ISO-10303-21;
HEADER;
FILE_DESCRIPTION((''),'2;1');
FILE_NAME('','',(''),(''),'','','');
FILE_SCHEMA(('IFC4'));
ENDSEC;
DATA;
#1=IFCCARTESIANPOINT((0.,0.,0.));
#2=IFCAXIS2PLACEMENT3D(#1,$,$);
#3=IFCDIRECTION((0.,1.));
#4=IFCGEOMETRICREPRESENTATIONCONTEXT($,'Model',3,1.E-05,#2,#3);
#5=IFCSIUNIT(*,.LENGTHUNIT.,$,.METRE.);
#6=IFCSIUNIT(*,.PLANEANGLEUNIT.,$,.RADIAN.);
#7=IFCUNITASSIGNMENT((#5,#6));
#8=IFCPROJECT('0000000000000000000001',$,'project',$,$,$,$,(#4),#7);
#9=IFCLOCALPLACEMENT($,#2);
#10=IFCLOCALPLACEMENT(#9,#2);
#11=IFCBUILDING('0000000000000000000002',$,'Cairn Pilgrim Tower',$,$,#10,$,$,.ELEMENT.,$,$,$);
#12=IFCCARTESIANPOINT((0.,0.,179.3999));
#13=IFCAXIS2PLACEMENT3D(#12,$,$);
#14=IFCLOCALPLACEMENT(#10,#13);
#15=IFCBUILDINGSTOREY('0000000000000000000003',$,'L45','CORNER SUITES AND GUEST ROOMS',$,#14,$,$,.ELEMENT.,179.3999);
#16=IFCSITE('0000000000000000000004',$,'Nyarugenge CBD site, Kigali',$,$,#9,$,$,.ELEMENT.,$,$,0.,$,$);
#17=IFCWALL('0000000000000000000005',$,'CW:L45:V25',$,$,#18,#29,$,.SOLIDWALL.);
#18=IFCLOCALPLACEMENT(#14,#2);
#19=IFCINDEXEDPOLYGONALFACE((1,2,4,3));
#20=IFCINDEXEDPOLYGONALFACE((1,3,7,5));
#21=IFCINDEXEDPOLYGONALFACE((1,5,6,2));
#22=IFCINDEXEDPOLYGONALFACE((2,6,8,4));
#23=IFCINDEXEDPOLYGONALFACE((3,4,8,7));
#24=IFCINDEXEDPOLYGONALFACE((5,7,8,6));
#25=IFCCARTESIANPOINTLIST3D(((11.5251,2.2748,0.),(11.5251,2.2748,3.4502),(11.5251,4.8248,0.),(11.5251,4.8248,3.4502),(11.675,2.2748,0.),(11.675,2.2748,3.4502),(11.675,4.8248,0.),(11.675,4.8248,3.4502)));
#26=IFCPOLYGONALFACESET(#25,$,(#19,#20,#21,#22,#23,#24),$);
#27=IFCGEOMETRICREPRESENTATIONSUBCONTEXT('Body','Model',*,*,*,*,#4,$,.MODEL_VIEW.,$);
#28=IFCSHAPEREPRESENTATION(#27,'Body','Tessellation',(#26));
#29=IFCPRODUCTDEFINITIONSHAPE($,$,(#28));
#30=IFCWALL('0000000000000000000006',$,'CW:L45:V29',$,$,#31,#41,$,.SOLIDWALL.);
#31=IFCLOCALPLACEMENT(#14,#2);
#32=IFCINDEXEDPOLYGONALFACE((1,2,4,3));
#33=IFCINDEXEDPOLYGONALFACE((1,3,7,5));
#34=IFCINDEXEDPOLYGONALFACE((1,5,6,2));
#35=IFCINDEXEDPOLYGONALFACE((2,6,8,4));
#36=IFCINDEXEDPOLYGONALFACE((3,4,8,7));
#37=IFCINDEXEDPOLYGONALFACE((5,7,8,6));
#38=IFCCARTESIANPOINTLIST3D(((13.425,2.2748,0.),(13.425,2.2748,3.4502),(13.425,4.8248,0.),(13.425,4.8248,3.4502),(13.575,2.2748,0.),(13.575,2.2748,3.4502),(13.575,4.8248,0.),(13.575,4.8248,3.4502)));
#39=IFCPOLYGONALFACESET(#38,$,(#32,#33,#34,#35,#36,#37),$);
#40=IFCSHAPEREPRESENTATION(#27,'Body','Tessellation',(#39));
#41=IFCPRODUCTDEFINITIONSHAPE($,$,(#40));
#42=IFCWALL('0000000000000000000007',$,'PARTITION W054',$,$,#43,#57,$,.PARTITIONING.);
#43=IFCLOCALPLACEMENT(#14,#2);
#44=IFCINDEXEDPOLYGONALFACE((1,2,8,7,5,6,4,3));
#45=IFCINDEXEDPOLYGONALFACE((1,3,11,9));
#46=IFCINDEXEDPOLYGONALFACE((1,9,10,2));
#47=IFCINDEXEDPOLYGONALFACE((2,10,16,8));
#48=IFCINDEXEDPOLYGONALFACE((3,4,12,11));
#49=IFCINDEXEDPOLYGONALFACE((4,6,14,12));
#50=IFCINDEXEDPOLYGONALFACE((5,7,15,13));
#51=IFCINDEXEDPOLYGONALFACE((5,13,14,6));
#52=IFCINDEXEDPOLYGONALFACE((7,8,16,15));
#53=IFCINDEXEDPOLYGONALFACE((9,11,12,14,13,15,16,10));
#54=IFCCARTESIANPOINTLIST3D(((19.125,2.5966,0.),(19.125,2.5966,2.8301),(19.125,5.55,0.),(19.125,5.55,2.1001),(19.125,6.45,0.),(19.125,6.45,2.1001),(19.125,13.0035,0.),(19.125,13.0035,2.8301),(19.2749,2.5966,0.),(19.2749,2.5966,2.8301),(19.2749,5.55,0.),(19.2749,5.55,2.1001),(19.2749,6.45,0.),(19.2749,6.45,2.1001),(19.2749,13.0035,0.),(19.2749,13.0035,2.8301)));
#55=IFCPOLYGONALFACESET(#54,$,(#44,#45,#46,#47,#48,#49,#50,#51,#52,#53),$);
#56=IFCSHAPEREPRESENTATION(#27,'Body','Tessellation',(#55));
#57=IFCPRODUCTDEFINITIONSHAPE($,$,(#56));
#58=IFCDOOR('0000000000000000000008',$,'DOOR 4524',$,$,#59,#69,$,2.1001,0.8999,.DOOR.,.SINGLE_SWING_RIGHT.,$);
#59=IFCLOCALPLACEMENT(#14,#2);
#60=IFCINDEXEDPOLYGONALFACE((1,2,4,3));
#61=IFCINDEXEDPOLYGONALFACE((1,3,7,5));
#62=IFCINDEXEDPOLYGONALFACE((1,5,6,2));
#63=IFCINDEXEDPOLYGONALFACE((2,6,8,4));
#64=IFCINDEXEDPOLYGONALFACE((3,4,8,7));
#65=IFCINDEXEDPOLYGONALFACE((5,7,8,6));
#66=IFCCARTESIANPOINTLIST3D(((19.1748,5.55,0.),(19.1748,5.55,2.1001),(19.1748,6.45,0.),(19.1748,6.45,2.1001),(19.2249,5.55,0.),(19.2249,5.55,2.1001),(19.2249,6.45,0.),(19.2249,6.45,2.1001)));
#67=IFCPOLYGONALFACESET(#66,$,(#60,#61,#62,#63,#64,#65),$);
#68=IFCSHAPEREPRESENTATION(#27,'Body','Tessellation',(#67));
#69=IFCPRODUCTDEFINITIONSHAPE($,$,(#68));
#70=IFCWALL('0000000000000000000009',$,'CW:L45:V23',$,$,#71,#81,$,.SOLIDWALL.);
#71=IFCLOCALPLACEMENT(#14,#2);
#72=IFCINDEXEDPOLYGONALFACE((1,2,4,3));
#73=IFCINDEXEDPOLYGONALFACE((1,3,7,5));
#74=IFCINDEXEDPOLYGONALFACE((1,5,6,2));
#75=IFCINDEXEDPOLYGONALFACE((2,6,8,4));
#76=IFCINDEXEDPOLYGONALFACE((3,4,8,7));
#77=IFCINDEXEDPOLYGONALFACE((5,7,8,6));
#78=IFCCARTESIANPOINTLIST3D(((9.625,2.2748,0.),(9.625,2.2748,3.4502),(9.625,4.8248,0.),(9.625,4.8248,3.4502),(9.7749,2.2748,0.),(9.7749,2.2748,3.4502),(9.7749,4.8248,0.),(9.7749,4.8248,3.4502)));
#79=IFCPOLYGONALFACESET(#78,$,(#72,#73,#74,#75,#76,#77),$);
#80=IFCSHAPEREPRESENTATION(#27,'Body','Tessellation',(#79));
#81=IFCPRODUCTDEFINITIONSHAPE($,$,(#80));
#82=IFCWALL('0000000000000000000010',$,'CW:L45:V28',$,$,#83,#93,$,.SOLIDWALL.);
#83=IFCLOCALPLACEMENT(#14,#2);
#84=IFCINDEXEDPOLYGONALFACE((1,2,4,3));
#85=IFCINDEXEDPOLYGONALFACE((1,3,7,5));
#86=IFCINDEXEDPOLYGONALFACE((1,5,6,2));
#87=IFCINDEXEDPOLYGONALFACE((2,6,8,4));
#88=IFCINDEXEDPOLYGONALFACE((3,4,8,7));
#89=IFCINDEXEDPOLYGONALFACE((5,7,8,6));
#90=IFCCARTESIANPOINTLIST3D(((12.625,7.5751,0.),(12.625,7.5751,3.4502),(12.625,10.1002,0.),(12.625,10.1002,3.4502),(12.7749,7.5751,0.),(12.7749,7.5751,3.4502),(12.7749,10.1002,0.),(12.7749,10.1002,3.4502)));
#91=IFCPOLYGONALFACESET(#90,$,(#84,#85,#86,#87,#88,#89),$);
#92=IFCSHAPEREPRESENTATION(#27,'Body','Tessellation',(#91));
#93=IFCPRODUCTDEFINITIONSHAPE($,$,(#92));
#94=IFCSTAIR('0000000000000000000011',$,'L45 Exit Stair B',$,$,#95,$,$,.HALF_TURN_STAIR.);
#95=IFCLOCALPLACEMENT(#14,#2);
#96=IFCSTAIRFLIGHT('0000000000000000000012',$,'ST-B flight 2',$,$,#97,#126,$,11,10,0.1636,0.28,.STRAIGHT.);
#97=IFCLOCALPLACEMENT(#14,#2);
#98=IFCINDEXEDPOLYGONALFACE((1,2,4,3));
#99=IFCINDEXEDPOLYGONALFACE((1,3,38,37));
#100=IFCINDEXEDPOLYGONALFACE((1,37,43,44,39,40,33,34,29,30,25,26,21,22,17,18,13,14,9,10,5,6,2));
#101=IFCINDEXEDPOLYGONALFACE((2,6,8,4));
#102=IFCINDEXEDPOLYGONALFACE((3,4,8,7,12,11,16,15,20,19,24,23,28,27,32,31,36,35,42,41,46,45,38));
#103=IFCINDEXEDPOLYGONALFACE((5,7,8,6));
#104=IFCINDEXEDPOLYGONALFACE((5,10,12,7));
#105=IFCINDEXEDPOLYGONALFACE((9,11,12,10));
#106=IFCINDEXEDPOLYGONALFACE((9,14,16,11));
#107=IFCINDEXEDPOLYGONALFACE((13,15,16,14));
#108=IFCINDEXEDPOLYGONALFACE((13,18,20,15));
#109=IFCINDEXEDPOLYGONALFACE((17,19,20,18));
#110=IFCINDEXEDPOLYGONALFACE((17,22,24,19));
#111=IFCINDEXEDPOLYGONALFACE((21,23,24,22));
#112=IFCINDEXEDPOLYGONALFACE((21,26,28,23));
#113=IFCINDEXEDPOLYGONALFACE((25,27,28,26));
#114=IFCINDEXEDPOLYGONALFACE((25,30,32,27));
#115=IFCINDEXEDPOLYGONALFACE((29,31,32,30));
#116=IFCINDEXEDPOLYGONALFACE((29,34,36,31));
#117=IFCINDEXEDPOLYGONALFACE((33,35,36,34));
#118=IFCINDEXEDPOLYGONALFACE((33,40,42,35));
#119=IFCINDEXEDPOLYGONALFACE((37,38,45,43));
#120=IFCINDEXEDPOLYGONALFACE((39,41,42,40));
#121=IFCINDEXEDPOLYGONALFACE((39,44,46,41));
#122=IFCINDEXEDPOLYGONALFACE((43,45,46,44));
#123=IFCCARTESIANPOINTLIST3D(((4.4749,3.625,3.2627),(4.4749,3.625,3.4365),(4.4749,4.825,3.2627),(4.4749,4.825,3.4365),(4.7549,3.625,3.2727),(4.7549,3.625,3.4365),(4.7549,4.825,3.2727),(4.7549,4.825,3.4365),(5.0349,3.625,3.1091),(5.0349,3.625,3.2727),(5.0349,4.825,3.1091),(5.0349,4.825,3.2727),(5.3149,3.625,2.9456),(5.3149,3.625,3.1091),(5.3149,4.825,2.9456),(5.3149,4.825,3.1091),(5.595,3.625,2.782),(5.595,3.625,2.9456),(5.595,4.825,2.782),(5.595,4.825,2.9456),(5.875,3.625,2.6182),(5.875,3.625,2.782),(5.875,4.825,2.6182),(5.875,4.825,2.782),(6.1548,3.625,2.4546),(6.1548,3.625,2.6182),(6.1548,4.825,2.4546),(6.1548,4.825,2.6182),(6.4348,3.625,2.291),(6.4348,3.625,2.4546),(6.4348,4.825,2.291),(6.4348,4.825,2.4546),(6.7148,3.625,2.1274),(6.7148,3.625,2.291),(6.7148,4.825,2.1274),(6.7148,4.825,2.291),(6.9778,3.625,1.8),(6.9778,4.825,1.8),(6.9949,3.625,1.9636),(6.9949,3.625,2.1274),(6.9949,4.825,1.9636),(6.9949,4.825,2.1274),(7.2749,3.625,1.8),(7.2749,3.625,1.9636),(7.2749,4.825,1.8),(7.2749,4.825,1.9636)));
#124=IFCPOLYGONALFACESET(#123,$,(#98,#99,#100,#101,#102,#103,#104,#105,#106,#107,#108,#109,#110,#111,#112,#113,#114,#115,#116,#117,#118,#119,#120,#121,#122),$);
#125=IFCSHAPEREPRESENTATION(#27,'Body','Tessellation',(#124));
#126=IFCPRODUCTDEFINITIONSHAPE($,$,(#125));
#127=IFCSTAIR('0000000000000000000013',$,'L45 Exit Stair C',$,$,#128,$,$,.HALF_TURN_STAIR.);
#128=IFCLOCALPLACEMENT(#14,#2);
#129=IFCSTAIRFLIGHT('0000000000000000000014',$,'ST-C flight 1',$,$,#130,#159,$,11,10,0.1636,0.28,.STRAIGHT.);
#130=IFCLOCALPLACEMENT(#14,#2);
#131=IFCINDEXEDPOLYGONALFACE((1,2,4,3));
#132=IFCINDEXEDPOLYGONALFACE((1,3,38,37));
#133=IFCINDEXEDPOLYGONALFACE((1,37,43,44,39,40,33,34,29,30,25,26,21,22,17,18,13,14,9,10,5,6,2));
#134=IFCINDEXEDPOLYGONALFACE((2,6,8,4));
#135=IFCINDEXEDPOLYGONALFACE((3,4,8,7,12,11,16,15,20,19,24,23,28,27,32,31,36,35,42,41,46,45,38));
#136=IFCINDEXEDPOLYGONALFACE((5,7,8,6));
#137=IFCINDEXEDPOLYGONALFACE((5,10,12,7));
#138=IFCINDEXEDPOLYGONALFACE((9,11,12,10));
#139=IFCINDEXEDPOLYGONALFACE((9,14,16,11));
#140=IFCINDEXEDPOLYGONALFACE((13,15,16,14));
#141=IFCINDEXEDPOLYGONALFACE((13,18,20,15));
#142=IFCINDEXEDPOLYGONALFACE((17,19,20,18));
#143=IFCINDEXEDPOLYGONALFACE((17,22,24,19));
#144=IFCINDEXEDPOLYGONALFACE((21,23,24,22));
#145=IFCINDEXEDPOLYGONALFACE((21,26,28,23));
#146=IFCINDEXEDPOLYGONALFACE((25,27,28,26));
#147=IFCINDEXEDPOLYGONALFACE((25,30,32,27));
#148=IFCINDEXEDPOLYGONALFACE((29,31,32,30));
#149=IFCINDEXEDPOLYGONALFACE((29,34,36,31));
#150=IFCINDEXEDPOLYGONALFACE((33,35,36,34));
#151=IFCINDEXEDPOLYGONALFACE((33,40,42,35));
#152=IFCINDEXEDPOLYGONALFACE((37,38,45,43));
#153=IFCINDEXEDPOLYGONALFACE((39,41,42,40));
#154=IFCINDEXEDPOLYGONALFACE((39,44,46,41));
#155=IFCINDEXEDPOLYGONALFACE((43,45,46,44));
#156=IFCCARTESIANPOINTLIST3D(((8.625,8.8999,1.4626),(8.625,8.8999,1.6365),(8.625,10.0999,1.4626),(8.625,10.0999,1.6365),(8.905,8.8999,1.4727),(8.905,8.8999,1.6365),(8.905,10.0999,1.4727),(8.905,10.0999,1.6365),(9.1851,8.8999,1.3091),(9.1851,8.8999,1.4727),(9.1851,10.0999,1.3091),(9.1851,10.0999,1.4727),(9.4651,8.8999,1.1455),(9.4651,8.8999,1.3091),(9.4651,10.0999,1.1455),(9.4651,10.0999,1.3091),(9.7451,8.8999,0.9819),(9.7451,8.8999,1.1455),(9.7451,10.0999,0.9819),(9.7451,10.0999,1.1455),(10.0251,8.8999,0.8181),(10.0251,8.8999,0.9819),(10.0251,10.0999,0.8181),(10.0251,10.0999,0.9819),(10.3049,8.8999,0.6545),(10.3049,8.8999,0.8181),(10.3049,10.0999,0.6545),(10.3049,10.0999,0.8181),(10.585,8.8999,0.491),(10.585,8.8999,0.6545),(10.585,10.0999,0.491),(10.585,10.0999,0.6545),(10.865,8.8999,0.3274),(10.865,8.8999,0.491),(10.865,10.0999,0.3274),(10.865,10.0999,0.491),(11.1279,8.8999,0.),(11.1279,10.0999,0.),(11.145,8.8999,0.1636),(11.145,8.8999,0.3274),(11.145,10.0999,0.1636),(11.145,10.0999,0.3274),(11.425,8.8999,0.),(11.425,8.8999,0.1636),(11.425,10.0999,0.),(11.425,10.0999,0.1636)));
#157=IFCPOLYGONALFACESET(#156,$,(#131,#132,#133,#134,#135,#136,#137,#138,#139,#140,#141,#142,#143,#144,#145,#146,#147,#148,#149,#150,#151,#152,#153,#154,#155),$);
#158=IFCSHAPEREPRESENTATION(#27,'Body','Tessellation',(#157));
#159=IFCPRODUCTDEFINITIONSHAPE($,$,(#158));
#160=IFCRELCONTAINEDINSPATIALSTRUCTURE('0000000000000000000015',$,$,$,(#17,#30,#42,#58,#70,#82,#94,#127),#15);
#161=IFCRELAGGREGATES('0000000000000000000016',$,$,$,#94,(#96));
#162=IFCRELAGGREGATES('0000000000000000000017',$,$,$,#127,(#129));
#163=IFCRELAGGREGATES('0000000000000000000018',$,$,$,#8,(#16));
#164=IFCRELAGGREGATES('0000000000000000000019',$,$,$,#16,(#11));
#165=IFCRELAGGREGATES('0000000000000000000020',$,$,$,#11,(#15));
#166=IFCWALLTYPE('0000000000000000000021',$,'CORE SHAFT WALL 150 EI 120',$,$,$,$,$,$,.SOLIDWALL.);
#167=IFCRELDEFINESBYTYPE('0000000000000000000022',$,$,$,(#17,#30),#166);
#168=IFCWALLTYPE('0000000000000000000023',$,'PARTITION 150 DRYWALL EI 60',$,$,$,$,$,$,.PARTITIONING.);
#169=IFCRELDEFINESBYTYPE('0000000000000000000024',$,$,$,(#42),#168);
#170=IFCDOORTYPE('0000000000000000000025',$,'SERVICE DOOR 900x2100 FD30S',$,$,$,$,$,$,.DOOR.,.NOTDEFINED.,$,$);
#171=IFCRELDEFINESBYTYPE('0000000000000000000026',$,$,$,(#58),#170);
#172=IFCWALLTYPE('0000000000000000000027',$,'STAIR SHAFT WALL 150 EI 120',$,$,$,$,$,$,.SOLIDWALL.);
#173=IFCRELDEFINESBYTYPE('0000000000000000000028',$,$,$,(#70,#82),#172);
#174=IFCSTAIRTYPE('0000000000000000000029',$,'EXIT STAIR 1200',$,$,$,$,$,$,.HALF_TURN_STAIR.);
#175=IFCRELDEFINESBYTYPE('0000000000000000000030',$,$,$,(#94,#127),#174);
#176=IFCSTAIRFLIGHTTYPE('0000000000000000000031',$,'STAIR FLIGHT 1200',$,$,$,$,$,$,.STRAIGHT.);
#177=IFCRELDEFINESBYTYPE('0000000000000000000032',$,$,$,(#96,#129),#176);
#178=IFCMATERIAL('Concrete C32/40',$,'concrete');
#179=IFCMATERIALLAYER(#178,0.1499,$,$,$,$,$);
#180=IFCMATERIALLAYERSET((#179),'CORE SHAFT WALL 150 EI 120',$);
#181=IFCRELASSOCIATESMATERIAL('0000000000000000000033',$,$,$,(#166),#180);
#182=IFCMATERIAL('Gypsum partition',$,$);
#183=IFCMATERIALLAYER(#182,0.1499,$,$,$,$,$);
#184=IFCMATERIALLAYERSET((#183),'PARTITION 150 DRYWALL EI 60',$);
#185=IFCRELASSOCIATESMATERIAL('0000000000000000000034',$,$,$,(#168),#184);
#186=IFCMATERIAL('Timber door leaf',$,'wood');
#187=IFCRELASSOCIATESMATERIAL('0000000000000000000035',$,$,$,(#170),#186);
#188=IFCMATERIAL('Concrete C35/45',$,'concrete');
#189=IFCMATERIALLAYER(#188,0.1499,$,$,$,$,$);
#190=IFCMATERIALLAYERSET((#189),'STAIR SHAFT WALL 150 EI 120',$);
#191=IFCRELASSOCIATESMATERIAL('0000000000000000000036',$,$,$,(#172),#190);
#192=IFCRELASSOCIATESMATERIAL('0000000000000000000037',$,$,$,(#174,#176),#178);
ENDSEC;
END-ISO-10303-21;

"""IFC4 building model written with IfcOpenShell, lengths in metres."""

from ifc_helpers import new_model, si_unit, direction, frame, frame_2d, origin, place, context, subcontext, project, spatial, polyline, rectangle, outline, extrude, material, layer, layer_set, type_object, element, fill, aggregate, save


model = new_model("IFC4")

# Units and contexts
model_context = context("Model", 3, precision=1e-05, world=origin(), true_north=direction((0.0, 1.0)))
body_context = subcontext(model_context, "Body", "Model", "MODEL_VIEW")
ifc_project = project(units=[si_unit("LENGTHUNIT", "METRE"), si_unit("PLANEANGLEUNIT", "RADIAN")], contexts=[model_context])

# Site, building, storey
site_placement = place(None, origin())
site = spatial("IfcSite", under=ifc_project, at=site_placement, Name="Nyarugenge CBD site, Kigali", CompositionType="ELEMENT", RefElevation=0.0)
building_placement = place(site_placement, origin())
building = spatial("IfcBuilding", under=site, at=building_placement, Name="Cairn Pilgrim Tower", CompositionType="ELEMENT")
storey_placement = place(building_placement, frame((0.0, 0.0, 179.3999)))
storey = spatial("IfcBuildingStorey", under=building, at=storey_placement, Name="L45", Description="CORNER SUITES AND GUEST ROOMS", CompositionType="ELEMENT", Elevation=179.3999)

# Shared definitions
ifc_material_1 = material(Name="Concrete C32/40", Category="concrete")

# Shared definitions
ifc_layer_1 = layer(ifc_material_1, 0.1499)
ifc_layer_set_1 = layer_set([ifc_layer_1], Name="CORE SHAFT WALL 150 EI 120")
wall_type_1 = type_object("IfcWallType", Name="CORE SHAFT WALL 150 EI 120", PredefinedType="SOLIDWALL", material=ifc_layer_set_1)

# Walls
for number, where, z_axis, x_axis, name in (
    (1, (11.6001, 2.2749, 0.0), (0.0, 0.0, 1.0), (0.0, 1.0, 0.0), "CW:L45:V25"),
    (2, (13.5, 2.2749, 0.0), (0.0, 0.0, 1.0), (0.0, 1.0, 0.0), "CW:L45:V29"),
):
    element("IfcWall", number, at=place(storey_placement, frame(where, z_axis=z_axis, x_axis=x_axis)), inside=storey, type_object=wall_type_1, Name=name, PredefinedType="SOLIDWALL", context=body_context, shape_type="SweptSolid", body=[
        extrude(rectangle(XDim=2.55, YDim=0.1499, at=frame_2d((1.2749, 0.0))), origin(), (0.0, 0.0, 1.0), 3.4502),
    ])

# Wall, opening, door
ifc_material_2 = material(Name="Gypsum partition")
ifc_layer_2 = layer(ifc_material_2, 0.1499)
ifc_layer_set_2 = layer_set([ifc_layer_2], Name="PARTITION 150 DRYWALL EI 60")
wall_type_2 = type_object("IfcWallType", Name="PARTITION 150 DRYWALL EI 60", PredefinedType="PARTITIONING", material=ifc_layer_set_2)
wall_1_placement = place(storey_placement, frame((19.2, 2.5964, 0.0), z_axis=(0.0, 0.0, 1.0), x_axis=(0.0, 1.0, 0.0)))
wall_1 = element("IfcWall", 3, at=wall_1_placement, inside=storey, type_object=wall_type_2, Name="PARTITION W054", PredefinedType="PARTITIONING", context=body_context, shape_type="SweptSolid", body=[
    extrude(rectangle(XDim=10.407, YDim=0.1499, at=frame_2d((5.2036, 0.0))), origin(), (0.0, 0.0, 1.0), 2.8301),
])
opening_1_placement = place(wall_1_placement, frame((2.9536, 0.0, 0.0)))
opening_1 = element("IfcOpeningElement", 4, at=opening_1_placement, cuts=wall_1, PredefinedType="OPENING", context=body_context, shape_type="SweptSolid", body=[
    extrude(rectangle(XDim=0.8999, YDim=2.1001, at=frame_2d((0.45, 1.05))), frame((0.0, 0.085, 0.0), z_axis=(0.0, -1.0, 0.0), x_axis=(1.0, 0.0, 0.0)), (0.0, 0.0, 1.0), 0.1699),
])
ifc_material_3 = material(Name="Timber door leaf", Category="wood")
door_type_1 = type_object("IfcDoorType", Name="SERVICE DOOR 900x2100 FD30S", OperationType="NOTDEFINED", PredefinedType="DOOR", material=ifc_material_3)
door_1_placement = place(opening_1_placement, frame((0.8999, 0.0, 0.0), z_axis=(0.0, 0.0, 1.0), x_axis=(-1.0, 0.0, 0.0)))
door_1 = element("IfcDoor", 5, at=door_1_placement, inside=storey, type_object=door_type_1, Name="DOOR 4524", OperationType="SINGLE_SWING_RIGHT", OverallHeight=2.1001, OverallWidth=0.8999, PredefinedType="DOOR", context=body_context, shape_type="SweptSolid", body=[
    extrude(rectangle(XDim=0.8999, YDim=2.1001, at=frame_2d((0.45, 1.05))), frame((0.0, 0.0249, 0.0), z_axis=(0.0, -1.0, 0.0), x_axis=(1.0, 0.0, 0.0)), (0.0, 0.0, 1.0), 0.05),
])
fill(opening_1, door_1)

# Walls
ifc_material_4 = material(Name="Concrete C35/45", Category="concrete")
ifc_layer_3 = layer(ifc_material_4, 0.1499)
ifc_layer_set_3 = layer_set([ifc_layer_3], Name="STAIR SHAFT WALL 150 EI 120")
wall_type_3 = type_object("IfcWallType", Name="STAIR SHAFT WALL 150 EI 120", PredefinedType="SOLIDWALL", material=ifc_layer_set_3)
wall_2_placement = place(storey_placement, frame((9.7, 2.2749, 0.0), z_axis=(0.0, 0.0, 1.0), x_axis=(0.0, 1.0, 0.0)))
element("IfcWall", 6, at=wall_2_placement, inside=storey, type_object=wall_type_3, Name="CW:L45:V23", PredefinedType="SOLIDWALL", context=body_context, shape_type="SweptSolid", body=[
    extrude(rectangle(XDim=2.55, YDim=0.1499, at=frame_2d((1.2749, 0.0))), origin(), (0.0, 0.0, 1.0), 3.4502),
])
wall_3_placement = place(storey_placement, frame((12.7, 7.575, 0.0), z_axis=(0.0, 0.0, 1.0), x_axis=(0.0, 1.0, 0.0)))
element("IfcWall", 7, at=wall_3_placement, inside=storey, type_object=wall_type_3, Name="CW:L45:V28", PredefinedType="SOLIDWALL", context=body_context, shape_type="SweptSolid", body=[
    extrude(rectangle(XDim=2.5251, YDim=0.1499, at=frame_2d((1.2627, 0.0))), origin(), (0.0, 0.0, 1.0), 3.4502),
])

# Stair, stair flight
stair_type = type_object("IfcStairType", Name="EXIT STAIR 1200", PredefinedType="HALF_TURN_STAIR", material=ifc_material_1)
stair_1_placement = place(storey_placement, origin())
stair_1 = element("IfcStair", 8, at=stair_1_placement, inside=storey, type_object=stair_type, Name="L45 Exit Stair B", PredefinedType="HALF_TURN_STAIR")
stair_flight_type = type_object("IfcStairFlightType", Name="STAIR FLIGHT 1200", PredefinedType="STRAIGHT", material=ifc_material_1)
stair_flight_1_placement = place(storey_placement, frame((7.2749, 4.2251, 1.8), z_axis=(0.0, 0.0, 1.0), x_axis=(-1.0, 0.0, 0.0)))
stair_flight_1 = element("IfcStairFlight", 9, at=stair_flight_1_placement, type_object=stair_flight_type, Name="ST-B flight 2", NumberOfRisers=11, NumberOfTreads=10, PredefinedType="STRAIGHT", RiserHeight=0.1636, TreadLength=0.28, context=body_context, shape_type="SweptSolid", body=[
    extrude(outline(polyline([(0.0, 0.0), (0.0, 0.1636), (0.28, 0.1636), (0.28, 0.3274), (0.5601, 0.3274), (0.5601, 0.491), (0.8401, 0.491), (0.8401, 0.6545), (1.1201, 0.6545), (1.1201, 0.8181), (1.3999, 0.8181), (1.3999, 0.9819), (1.6799, 0.9819), (1.6799, 1.1455), (1.96, 1.1455), (1.96, 1.3091), (2.24, 1.3091), (2.24, 1.4727), (2.52, 1.4727), (2.52, 1.6365), (2.8, 1.6365), (2.8, 1.8), (2.8, 1.4626), (0.2971, 0.0), (0.0, 0.0)])), frame((0.0, 0.6001, 0.0), z_axis=(0.0, -1.0, 0.0), x_axis=(1.0, 0.0, 0.0)), (0.0, 0.0, 1.0), 1.2),
])
aggregate(stair_1, [stair_flight_1])

# Stair, stair flight
stair_2_placement = place(storey_placement, origin())
stair_2 = element("IfcStair", 10, at=stair_2_placement, inside=storey, type_object=stair_type, Name="L45 Exit Stair C", PredefinedType="HALF_TURN_STAIR")
stair_flight_2_placement = place(storey_placement, frame((11.425, 9.5, 0.0), z_axis=(0.0, 0.0, 1.0), x_axis=(-1.0, 0.0, 0.0)))
stair_flight_2 = element("IfcStairFlight", 11, at=stair_flight_2_placement, type_object=stair_flight_type, Name="ST-C flight 1", NumberOfRisers=11, NumberOfTreads=10, PredefinedType="STRAIGHT", RiserHeight=0.1636, TreadLength=0.28, context=body_context, shape_type="SweptSolid", body=[
    extrude(outline(polyline([(0.0, 0.0), (0.0, 0.1636), (0.28, 0.1636), (0.28, 0.3274), (0.5601, 0.3274), (0.5601, 0.491), (0.8401, 0.491), (0.8401, 0.6545), (1.1201, 0.6545), (1.1201, 0.8181), (1.3999, 0.8181), (1.3999, 0.9819), (1.6799, 0.9819), (1.6799, 1.1455), (1.96, 1.1455), (1.96, 1.3091), (2.24, 1.3091), (2.24, 1.4727), (2.52, 1.4727), (2.52, 1.6365), (2.8, 1.6365), (2.8, 1.8), (2.8, 1.4626), (0.2971, 0.0), (0.0, 0.0)])), frame((0.0, 0.6001, 0.0), z_axis=(0.0, -1.0, 0.0), x_axis=(1.0, 0.0, 0.0)), (0.0, 0.0, 1.0), 1.2),
])
aggregate(stair_2, [stair_flight_2])

save(model, "model.ifc")
